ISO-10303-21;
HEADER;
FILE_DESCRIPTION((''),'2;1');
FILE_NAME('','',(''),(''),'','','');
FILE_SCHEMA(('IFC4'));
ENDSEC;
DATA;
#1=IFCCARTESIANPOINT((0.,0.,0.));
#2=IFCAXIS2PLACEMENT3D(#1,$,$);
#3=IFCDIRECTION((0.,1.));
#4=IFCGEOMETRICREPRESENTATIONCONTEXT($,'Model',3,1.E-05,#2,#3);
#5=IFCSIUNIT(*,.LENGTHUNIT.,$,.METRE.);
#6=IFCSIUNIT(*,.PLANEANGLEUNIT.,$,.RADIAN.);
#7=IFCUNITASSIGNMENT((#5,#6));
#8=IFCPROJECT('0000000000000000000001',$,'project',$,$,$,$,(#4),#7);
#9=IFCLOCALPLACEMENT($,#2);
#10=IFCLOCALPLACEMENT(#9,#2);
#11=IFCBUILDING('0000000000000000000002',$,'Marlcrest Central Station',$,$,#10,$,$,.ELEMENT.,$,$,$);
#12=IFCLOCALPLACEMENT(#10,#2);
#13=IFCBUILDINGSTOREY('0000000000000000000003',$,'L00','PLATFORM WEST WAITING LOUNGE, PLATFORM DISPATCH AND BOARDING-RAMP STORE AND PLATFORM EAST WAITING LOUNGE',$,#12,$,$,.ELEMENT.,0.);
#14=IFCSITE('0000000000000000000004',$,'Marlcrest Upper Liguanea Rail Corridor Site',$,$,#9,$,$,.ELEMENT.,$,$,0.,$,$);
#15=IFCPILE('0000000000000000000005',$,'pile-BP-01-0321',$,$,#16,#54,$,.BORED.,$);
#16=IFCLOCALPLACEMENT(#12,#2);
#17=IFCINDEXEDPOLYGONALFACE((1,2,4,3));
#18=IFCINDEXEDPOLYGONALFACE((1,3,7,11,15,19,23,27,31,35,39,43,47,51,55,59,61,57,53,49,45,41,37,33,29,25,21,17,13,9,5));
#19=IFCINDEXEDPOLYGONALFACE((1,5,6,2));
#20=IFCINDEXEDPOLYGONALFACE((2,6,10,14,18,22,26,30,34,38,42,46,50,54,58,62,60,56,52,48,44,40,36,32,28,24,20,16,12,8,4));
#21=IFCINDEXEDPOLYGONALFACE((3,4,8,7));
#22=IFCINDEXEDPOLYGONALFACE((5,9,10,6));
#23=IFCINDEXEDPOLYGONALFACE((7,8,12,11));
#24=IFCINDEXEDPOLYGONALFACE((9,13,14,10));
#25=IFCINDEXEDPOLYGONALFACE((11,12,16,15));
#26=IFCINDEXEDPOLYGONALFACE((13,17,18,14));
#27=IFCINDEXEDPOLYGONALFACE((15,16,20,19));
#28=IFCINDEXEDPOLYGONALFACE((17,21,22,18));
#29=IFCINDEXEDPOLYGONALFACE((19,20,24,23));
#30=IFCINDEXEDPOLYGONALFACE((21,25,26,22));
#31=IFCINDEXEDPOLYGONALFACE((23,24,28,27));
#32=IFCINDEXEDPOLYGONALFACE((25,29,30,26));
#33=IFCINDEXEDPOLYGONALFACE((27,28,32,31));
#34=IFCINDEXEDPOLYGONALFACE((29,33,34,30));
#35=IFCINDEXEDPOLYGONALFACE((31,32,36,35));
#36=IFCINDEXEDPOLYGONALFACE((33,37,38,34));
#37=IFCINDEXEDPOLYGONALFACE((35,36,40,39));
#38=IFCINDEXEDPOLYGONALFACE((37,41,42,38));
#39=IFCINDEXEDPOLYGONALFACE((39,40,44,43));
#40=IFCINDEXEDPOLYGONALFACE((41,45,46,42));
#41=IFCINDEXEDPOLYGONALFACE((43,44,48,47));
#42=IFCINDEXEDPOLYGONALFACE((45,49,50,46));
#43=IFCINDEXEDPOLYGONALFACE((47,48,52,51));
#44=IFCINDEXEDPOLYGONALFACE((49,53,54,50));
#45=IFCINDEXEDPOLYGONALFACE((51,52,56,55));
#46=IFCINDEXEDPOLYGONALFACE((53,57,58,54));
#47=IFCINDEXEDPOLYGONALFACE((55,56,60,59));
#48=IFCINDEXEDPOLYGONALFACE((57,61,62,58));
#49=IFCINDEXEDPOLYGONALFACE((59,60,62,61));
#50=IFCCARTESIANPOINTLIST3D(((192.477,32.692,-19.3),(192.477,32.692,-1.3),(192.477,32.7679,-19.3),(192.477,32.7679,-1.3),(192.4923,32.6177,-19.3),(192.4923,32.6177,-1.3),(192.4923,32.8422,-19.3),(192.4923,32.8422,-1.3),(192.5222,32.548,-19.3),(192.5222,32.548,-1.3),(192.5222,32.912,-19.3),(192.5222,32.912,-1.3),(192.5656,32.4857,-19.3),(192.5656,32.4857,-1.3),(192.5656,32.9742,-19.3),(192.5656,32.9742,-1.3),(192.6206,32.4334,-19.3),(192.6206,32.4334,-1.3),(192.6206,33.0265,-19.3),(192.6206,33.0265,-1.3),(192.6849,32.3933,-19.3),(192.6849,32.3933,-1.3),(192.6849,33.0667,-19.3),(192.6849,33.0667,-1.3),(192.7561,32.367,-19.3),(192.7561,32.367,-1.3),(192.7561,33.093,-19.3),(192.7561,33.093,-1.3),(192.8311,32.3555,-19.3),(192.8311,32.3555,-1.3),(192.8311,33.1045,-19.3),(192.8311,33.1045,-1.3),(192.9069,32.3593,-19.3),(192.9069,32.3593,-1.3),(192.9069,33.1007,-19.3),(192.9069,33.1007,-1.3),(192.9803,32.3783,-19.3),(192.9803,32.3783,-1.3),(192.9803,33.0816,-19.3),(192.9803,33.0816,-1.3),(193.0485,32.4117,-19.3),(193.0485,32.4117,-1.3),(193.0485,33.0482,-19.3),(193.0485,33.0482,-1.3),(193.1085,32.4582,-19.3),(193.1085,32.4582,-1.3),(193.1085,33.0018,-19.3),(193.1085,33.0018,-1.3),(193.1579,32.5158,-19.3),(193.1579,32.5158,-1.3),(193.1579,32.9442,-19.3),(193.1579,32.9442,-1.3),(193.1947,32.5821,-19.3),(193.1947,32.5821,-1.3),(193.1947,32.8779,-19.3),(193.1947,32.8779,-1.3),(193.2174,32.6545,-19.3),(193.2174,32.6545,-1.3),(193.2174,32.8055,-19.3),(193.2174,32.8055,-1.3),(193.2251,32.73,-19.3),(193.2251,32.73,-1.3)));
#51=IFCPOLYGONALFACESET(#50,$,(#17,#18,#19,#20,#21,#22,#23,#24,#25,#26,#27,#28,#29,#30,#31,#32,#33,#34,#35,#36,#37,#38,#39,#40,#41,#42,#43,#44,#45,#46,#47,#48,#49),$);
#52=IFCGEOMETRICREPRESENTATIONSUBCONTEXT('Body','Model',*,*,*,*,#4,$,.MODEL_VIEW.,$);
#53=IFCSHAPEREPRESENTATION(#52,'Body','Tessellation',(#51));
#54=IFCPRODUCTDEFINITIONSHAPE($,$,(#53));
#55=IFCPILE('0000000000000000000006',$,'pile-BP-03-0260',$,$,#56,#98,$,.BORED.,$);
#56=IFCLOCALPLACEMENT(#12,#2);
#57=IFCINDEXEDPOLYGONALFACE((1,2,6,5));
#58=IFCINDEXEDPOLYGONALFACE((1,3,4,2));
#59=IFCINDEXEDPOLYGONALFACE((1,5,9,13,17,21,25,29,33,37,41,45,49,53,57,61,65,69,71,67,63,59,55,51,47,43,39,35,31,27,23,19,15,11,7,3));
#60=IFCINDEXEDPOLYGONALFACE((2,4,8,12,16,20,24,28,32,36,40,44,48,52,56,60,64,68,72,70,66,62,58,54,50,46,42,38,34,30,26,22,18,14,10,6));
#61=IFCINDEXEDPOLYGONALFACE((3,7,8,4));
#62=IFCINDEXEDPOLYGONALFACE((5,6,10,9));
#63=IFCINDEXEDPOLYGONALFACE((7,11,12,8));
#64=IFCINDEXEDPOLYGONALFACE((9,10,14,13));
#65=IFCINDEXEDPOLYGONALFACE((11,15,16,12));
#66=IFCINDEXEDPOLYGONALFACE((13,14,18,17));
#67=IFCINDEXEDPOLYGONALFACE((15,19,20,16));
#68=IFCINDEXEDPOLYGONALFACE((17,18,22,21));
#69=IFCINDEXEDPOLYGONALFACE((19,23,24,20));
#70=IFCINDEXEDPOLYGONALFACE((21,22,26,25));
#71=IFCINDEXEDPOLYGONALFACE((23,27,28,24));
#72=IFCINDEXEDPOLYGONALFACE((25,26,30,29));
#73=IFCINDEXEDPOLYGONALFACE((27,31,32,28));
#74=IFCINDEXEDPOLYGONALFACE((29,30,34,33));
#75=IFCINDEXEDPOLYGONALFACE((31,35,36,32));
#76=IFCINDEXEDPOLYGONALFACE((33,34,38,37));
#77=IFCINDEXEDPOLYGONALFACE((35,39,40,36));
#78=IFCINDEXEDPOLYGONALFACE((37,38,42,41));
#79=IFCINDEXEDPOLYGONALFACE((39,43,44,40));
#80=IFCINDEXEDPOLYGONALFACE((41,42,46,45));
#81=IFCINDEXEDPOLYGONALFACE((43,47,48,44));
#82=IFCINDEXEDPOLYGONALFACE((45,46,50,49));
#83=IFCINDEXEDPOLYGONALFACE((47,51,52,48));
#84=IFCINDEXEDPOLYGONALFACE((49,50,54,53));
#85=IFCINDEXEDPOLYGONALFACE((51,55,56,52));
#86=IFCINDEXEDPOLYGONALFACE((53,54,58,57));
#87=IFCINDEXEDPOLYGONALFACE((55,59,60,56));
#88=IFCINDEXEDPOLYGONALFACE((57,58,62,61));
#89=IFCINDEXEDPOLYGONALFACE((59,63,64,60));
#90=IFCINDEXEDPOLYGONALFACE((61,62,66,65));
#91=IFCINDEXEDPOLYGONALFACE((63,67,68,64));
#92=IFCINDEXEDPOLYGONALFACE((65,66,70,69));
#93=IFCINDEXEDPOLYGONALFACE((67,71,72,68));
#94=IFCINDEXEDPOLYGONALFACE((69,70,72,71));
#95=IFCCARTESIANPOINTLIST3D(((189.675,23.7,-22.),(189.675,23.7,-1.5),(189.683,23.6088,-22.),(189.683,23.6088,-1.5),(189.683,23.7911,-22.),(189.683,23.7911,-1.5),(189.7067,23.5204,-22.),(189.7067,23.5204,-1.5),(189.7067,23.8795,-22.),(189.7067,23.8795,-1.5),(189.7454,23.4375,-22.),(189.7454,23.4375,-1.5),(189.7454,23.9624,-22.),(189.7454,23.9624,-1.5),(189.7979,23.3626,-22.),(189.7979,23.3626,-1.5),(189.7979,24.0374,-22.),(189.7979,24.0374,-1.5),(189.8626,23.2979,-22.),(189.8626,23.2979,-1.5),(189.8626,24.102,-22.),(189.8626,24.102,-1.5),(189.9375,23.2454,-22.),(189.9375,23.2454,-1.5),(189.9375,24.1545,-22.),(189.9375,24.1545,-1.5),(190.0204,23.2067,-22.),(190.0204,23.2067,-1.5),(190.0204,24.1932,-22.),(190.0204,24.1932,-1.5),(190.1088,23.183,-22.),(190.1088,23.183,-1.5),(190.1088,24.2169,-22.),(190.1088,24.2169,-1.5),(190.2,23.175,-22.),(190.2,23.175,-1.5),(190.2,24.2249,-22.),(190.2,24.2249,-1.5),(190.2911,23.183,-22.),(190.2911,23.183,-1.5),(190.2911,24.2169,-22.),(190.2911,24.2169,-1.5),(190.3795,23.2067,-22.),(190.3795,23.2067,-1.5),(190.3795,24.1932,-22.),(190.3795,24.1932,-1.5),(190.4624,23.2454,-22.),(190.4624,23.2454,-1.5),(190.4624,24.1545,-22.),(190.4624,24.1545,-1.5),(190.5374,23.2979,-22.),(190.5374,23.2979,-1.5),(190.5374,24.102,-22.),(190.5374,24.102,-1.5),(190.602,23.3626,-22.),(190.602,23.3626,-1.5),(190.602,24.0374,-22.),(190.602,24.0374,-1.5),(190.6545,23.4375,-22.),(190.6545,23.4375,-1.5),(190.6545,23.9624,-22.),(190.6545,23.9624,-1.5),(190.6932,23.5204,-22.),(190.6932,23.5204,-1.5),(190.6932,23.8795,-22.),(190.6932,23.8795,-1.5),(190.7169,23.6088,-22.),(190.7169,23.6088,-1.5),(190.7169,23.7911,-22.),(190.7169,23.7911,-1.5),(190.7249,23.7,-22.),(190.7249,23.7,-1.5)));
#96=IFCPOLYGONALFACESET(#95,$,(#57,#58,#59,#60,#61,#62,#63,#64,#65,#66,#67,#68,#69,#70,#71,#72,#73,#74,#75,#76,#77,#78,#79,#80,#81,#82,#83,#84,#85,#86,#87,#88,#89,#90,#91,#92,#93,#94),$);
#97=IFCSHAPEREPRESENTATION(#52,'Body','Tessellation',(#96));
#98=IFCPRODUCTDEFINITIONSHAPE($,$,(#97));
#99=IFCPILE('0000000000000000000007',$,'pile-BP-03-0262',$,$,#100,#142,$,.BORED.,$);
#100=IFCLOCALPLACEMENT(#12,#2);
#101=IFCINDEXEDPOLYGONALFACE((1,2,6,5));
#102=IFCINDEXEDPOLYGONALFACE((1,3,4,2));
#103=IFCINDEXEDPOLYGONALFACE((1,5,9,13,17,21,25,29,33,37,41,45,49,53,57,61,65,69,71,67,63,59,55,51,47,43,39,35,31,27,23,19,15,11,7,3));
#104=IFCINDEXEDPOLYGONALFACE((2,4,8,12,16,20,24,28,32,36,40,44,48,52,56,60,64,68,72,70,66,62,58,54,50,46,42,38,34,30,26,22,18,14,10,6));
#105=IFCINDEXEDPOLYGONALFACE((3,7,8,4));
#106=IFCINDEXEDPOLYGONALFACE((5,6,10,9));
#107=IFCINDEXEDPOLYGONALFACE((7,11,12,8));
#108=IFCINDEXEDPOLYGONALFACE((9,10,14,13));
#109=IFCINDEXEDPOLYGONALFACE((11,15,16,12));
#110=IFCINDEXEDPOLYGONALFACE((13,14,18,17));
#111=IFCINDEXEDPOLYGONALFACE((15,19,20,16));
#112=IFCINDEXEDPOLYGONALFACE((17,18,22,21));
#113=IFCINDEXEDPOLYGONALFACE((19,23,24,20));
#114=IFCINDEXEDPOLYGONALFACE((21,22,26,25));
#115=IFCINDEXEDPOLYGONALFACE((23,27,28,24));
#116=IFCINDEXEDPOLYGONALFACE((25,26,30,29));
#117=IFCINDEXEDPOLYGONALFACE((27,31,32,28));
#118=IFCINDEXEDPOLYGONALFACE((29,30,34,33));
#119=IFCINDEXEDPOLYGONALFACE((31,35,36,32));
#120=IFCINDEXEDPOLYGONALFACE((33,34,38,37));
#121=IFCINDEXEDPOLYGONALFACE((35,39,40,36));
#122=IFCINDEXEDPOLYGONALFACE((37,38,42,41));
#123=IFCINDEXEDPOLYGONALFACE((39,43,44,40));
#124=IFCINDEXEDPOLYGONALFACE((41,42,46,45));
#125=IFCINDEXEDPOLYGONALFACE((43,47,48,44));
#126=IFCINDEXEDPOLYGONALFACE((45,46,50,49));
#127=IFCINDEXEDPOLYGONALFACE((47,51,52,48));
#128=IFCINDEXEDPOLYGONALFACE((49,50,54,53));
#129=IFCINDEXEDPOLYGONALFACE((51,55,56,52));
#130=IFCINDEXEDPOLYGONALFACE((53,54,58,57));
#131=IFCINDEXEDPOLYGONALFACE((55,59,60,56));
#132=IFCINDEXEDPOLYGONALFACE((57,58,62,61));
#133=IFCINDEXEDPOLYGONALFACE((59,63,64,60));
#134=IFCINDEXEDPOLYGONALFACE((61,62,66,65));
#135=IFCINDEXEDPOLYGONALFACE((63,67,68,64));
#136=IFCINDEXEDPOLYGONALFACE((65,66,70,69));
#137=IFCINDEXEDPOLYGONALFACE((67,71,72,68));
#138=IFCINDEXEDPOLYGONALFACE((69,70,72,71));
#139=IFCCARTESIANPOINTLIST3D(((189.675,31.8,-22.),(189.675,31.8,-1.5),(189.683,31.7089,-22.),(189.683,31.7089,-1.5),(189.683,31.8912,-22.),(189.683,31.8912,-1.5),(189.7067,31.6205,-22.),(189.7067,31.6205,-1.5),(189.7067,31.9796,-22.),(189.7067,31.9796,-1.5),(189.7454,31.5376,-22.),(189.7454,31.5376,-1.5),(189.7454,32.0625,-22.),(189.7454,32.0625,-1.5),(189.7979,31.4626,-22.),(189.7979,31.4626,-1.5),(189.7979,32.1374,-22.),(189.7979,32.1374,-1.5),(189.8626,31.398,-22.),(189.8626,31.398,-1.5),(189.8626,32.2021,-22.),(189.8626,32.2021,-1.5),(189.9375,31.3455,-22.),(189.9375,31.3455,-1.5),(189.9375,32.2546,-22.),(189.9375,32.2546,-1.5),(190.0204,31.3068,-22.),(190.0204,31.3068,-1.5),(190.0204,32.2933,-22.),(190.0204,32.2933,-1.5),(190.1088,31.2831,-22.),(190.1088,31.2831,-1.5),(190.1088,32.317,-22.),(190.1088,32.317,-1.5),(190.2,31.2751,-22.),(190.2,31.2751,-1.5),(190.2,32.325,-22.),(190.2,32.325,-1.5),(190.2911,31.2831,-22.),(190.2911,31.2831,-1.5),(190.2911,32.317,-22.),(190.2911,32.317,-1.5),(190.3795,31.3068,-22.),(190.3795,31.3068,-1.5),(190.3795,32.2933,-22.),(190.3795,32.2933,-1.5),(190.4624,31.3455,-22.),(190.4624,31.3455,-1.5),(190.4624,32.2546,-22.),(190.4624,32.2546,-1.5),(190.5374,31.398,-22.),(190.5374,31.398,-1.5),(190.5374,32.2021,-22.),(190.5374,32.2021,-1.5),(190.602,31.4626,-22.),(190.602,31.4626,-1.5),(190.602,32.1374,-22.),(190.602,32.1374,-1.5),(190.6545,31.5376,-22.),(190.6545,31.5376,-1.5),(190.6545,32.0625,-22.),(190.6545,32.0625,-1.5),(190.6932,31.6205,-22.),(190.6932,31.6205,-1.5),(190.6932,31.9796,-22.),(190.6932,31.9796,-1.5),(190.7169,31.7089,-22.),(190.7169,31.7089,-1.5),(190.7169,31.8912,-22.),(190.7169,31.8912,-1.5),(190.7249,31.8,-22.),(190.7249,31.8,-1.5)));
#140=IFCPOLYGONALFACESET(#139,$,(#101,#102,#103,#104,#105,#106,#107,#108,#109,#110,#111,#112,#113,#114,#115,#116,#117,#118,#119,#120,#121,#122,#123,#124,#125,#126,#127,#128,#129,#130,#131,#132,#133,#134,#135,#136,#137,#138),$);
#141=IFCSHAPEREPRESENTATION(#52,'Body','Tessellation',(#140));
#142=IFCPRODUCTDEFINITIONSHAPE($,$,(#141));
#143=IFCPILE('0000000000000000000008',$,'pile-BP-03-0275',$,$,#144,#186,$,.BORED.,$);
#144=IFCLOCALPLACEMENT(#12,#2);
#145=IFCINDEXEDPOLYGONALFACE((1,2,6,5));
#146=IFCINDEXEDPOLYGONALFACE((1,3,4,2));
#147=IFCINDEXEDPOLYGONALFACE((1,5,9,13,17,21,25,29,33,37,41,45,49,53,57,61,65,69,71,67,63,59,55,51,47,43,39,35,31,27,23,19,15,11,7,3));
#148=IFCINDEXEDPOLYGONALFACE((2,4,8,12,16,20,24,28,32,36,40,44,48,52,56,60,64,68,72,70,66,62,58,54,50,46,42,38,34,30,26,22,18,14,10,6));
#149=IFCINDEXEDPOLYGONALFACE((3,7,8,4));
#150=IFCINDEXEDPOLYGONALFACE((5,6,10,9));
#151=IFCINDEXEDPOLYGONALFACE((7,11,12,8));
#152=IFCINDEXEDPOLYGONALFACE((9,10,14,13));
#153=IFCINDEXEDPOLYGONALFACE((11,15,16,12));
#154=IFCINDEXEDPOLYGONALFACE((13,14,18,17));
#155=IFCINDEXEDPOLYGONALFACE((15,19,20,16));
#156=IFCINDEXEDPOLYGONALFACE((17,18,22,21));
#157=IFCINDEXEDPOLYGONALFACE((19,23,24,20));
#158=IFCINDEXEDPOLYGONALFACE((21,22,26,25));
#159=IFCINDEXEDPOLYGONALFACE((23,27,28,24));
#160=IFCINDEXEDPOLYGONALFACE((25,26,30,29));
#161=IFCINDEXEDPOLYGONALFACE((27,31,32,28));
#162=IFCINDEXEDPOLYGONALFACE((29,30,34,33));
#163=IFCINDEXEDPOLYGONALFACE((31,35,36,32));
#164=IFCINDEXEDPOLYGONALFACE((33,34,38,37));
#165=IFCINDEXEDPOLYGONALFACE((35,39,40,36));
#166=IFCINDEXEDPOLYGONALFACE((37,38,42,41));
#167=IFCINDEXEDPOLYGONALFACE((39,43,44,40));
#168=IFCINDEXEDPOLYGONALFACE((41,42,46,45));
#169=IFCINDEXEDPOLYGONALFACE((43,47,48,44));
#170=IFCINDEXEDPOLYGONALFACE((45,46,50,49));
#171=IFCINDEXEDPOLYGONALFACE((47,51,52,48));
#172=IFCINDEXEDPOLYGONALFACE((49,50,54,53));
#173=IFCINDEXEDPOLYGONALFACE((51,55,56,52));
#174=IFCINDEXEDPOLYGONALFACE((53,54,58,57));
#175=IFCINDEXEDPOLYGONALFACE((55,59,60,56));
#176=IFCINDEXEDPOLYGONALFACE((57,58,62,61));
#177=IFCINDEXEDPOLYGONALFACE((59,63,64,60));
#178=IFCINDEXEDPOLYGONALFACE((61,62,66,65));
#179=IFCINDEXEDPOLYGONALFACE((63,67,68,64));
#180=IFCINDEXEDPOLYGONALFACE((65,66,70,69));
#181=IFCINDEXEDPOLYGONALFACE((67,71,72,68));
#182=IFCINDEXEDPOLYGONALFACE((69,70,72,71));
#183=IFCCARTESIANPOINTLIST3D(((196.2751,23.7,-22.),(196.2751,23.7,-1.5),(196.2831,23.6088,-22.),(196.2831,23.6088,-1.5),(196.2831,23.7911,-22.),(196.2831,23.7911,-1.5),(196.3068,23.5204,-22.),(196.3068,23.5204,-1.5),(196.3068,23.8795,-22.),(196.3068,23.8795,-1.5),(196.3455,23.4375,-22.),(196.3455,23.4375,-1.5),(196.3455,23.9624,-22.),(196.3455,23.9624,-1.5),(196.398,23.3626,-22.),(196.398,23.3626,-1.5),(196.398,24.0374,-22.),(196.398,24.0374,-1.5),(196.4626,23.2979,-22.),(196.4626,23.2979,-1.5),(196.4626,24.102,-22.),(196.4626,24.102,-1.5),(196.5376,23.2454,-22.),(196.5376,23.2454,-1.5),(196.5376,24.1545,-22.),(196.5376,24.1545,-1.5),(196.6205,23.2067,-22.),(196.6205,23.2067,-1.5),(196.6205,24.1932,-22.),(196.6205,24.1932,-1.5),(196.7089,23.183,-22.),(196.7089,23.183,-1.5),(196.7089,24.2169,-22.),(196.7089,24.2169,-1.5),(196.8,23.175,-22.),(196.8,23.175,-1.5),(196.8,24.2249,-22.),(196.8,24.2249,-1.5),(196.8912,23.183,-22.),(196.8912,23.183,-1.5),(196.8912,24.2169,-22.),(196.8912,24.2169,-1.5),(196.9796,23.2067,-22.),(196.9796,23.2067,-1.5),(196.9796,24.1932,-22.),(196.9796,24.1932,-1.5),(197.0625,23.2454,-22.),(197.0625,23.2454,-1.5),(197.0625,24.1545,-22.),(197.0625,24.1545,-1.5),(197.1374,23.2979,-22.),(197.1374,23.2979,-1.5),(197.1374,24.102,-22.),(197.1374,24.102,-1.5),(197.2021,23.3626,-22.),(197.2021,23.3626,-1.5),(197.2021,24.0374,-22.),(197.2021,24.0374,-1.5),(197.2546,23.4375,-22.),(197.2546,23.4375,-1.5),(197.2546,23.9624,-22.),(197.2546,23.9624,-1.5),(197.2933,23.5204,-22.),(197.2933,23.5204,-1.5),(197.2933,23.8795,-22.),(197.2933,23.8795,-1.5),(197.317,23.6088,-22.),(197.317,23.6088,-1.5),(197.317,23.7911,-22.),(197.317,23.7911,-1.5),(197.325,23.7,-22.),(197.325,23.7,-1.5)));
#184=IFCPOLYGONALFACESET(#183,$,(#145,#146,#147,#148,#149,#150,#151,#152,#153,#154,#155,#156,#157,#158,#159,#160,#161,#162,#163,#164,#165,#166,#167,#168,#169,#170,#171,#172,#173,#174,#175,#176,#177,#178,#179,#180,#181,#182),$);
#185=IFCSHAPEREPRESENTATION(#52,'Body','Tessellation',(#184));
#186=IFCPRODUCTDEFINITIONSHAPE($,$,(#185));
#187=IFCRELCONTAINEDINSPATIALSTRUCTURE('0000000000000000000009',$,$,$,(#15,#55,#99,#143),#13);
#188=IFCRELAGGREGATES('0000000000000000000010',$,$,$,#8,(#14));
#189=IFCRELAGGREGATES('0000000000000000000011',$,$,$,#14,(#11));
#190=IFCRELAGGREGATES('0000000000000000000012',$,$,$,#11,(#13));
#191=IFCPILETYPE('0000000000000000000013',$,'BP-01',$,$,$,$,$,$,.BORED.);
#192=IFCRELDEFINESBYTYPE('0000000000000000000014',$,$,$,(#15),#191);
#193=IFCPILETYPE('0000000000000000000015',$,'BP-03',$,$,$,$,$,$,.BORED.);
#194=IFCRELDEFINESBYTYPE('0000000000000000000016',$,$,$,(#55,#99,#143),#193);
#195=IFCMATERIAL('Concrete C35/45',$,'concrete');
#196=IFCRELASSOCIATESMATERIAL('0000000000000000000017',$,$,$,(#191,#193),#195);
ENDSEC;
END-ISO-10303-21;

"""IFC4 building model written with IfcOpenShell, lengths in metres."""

from ifc_helpers import new_model, si_unit, direction, frame, origin, origin_2d, place, context, subcontext, project, spatial, circle, extrude, material, material_profile, profile_set, type_object, element, save


model = new_model("IFC4")

# Units and contexts
model_context = context("Model", 3, precision=1e-05, world=origin(), true_north=direction((0.0, 1.0)))
body_context = subcontext(model_context, "Body", "Model", "MODEL_VIEW")
ifc_project = project(units=[si_unit("LENGTHUNIT", "METRE"), si_unit("PLANEANGLEUNIT", "RADIAN")], contexts=[model_context])

# Site, building, storey
site_placement = place(None, origin())
site = spatial("IfcSite", under=ifc_project, at=site_placement, Name="Marlcrest Upper Liguanea Rail Corridor Site", CompositionType="ELEMENT", RefElevation=0.0)
building_placement = place(site_placement, origin())
building = spatial("IfcBuilding", under=site, at=building_placement, Name="Marlcrest Central Station", CompositionType="ELEMENT")
storey_placement = place(building_placement, origin())
storey = spatial("IfcBuildingStorey", under=building, at=storey_placement, Name="L00", Description="PLATFORM WEST WAITING LOUNGE, PLATFORM DISPATCH AND BOARDING-RAMP STORE AND PLATFORM EAST WAITING LOUNGE", CompositionType="ELEMENT", Elevation=0.0)

# Piles
ifc_material_1 = material(Name="Concrete C35/45", Category="concrete")
ifc_material_profile_1 = material_profile(ifc_material_1, circle(Radius=0.375, at=origin_2d()), Name="PILE D750")
ifc_profile_set_1 = profile_set([ifc_material_profile_1], Name="Concrete C35/45")
pile_type_1 = type_object("IfcPileType", Name="BP-01", PredefinedType="BORED", material=ifc_profile_set_1)
pile_placement = place(storey_placement, frame((192.8501, 32.73, -1.3), z_axis=(0.0, 0.0, -1.0), x_axis=(1.0, 0.0, 0.0)))
element("IfcPile", 1, at=pile_placement, inside=storey, type_object=pile_type_1, Name="pile-BP-01-0321", PredefinedType="BORED", context=body_context, shape_type="SweptSolid", body=[
    extrude(circle(Radius=0.375, at=origin_2d()), origin(), (0.0, 0.0, 1.0), 18.0),
])
ifc_material_profile_2 = material_profile(ifc_material_1, circle(Radius=0.5249, at=origin_2d()), Name="PILE D1050")
ifc_profile_set_2 = profile_set([ifc_material_profile_2], Name="Concrete C35/45")
pile_type_2 = type_object("IfcPileType", Name="BP-03", PredefinedType="BORED", material=ifc_profile_set_2)
for number, where, z_axis, x_axis, name in (
    (2, (190.2, 23.7, -1.5), (0.0, 0.0, -1.0), (1.0, 0.0, 0.0), "pile-BP-03-0260"),
    (3, (190.2, 31.8, -1.5), (0.0, 0.0, -1.0), (1.0, 0.0, 0.0), "pile-BP-03-0262"),
    (4, (196.8, 23.7, -1.5), (0.0, 0.0, -1.0), (1.0, 0.0, 0.0), "pile-BP-03-0275"),
):
    element("IfcPile", number, at=place(storey_placement, frame(where, z_axis=z_axis, x_axis=x_axis)), inside=storey, type_object=pile_type_2, Name=name, PredefinedType="BORED", context=body_context, shape_type="SweptSolid", body=[
        extrude(circle(Radius=0.5249, at=origin_2d()), origin(), (0.0, 0.0, 1.0), 20.5),
    ])

save(model, "model.ifc")
